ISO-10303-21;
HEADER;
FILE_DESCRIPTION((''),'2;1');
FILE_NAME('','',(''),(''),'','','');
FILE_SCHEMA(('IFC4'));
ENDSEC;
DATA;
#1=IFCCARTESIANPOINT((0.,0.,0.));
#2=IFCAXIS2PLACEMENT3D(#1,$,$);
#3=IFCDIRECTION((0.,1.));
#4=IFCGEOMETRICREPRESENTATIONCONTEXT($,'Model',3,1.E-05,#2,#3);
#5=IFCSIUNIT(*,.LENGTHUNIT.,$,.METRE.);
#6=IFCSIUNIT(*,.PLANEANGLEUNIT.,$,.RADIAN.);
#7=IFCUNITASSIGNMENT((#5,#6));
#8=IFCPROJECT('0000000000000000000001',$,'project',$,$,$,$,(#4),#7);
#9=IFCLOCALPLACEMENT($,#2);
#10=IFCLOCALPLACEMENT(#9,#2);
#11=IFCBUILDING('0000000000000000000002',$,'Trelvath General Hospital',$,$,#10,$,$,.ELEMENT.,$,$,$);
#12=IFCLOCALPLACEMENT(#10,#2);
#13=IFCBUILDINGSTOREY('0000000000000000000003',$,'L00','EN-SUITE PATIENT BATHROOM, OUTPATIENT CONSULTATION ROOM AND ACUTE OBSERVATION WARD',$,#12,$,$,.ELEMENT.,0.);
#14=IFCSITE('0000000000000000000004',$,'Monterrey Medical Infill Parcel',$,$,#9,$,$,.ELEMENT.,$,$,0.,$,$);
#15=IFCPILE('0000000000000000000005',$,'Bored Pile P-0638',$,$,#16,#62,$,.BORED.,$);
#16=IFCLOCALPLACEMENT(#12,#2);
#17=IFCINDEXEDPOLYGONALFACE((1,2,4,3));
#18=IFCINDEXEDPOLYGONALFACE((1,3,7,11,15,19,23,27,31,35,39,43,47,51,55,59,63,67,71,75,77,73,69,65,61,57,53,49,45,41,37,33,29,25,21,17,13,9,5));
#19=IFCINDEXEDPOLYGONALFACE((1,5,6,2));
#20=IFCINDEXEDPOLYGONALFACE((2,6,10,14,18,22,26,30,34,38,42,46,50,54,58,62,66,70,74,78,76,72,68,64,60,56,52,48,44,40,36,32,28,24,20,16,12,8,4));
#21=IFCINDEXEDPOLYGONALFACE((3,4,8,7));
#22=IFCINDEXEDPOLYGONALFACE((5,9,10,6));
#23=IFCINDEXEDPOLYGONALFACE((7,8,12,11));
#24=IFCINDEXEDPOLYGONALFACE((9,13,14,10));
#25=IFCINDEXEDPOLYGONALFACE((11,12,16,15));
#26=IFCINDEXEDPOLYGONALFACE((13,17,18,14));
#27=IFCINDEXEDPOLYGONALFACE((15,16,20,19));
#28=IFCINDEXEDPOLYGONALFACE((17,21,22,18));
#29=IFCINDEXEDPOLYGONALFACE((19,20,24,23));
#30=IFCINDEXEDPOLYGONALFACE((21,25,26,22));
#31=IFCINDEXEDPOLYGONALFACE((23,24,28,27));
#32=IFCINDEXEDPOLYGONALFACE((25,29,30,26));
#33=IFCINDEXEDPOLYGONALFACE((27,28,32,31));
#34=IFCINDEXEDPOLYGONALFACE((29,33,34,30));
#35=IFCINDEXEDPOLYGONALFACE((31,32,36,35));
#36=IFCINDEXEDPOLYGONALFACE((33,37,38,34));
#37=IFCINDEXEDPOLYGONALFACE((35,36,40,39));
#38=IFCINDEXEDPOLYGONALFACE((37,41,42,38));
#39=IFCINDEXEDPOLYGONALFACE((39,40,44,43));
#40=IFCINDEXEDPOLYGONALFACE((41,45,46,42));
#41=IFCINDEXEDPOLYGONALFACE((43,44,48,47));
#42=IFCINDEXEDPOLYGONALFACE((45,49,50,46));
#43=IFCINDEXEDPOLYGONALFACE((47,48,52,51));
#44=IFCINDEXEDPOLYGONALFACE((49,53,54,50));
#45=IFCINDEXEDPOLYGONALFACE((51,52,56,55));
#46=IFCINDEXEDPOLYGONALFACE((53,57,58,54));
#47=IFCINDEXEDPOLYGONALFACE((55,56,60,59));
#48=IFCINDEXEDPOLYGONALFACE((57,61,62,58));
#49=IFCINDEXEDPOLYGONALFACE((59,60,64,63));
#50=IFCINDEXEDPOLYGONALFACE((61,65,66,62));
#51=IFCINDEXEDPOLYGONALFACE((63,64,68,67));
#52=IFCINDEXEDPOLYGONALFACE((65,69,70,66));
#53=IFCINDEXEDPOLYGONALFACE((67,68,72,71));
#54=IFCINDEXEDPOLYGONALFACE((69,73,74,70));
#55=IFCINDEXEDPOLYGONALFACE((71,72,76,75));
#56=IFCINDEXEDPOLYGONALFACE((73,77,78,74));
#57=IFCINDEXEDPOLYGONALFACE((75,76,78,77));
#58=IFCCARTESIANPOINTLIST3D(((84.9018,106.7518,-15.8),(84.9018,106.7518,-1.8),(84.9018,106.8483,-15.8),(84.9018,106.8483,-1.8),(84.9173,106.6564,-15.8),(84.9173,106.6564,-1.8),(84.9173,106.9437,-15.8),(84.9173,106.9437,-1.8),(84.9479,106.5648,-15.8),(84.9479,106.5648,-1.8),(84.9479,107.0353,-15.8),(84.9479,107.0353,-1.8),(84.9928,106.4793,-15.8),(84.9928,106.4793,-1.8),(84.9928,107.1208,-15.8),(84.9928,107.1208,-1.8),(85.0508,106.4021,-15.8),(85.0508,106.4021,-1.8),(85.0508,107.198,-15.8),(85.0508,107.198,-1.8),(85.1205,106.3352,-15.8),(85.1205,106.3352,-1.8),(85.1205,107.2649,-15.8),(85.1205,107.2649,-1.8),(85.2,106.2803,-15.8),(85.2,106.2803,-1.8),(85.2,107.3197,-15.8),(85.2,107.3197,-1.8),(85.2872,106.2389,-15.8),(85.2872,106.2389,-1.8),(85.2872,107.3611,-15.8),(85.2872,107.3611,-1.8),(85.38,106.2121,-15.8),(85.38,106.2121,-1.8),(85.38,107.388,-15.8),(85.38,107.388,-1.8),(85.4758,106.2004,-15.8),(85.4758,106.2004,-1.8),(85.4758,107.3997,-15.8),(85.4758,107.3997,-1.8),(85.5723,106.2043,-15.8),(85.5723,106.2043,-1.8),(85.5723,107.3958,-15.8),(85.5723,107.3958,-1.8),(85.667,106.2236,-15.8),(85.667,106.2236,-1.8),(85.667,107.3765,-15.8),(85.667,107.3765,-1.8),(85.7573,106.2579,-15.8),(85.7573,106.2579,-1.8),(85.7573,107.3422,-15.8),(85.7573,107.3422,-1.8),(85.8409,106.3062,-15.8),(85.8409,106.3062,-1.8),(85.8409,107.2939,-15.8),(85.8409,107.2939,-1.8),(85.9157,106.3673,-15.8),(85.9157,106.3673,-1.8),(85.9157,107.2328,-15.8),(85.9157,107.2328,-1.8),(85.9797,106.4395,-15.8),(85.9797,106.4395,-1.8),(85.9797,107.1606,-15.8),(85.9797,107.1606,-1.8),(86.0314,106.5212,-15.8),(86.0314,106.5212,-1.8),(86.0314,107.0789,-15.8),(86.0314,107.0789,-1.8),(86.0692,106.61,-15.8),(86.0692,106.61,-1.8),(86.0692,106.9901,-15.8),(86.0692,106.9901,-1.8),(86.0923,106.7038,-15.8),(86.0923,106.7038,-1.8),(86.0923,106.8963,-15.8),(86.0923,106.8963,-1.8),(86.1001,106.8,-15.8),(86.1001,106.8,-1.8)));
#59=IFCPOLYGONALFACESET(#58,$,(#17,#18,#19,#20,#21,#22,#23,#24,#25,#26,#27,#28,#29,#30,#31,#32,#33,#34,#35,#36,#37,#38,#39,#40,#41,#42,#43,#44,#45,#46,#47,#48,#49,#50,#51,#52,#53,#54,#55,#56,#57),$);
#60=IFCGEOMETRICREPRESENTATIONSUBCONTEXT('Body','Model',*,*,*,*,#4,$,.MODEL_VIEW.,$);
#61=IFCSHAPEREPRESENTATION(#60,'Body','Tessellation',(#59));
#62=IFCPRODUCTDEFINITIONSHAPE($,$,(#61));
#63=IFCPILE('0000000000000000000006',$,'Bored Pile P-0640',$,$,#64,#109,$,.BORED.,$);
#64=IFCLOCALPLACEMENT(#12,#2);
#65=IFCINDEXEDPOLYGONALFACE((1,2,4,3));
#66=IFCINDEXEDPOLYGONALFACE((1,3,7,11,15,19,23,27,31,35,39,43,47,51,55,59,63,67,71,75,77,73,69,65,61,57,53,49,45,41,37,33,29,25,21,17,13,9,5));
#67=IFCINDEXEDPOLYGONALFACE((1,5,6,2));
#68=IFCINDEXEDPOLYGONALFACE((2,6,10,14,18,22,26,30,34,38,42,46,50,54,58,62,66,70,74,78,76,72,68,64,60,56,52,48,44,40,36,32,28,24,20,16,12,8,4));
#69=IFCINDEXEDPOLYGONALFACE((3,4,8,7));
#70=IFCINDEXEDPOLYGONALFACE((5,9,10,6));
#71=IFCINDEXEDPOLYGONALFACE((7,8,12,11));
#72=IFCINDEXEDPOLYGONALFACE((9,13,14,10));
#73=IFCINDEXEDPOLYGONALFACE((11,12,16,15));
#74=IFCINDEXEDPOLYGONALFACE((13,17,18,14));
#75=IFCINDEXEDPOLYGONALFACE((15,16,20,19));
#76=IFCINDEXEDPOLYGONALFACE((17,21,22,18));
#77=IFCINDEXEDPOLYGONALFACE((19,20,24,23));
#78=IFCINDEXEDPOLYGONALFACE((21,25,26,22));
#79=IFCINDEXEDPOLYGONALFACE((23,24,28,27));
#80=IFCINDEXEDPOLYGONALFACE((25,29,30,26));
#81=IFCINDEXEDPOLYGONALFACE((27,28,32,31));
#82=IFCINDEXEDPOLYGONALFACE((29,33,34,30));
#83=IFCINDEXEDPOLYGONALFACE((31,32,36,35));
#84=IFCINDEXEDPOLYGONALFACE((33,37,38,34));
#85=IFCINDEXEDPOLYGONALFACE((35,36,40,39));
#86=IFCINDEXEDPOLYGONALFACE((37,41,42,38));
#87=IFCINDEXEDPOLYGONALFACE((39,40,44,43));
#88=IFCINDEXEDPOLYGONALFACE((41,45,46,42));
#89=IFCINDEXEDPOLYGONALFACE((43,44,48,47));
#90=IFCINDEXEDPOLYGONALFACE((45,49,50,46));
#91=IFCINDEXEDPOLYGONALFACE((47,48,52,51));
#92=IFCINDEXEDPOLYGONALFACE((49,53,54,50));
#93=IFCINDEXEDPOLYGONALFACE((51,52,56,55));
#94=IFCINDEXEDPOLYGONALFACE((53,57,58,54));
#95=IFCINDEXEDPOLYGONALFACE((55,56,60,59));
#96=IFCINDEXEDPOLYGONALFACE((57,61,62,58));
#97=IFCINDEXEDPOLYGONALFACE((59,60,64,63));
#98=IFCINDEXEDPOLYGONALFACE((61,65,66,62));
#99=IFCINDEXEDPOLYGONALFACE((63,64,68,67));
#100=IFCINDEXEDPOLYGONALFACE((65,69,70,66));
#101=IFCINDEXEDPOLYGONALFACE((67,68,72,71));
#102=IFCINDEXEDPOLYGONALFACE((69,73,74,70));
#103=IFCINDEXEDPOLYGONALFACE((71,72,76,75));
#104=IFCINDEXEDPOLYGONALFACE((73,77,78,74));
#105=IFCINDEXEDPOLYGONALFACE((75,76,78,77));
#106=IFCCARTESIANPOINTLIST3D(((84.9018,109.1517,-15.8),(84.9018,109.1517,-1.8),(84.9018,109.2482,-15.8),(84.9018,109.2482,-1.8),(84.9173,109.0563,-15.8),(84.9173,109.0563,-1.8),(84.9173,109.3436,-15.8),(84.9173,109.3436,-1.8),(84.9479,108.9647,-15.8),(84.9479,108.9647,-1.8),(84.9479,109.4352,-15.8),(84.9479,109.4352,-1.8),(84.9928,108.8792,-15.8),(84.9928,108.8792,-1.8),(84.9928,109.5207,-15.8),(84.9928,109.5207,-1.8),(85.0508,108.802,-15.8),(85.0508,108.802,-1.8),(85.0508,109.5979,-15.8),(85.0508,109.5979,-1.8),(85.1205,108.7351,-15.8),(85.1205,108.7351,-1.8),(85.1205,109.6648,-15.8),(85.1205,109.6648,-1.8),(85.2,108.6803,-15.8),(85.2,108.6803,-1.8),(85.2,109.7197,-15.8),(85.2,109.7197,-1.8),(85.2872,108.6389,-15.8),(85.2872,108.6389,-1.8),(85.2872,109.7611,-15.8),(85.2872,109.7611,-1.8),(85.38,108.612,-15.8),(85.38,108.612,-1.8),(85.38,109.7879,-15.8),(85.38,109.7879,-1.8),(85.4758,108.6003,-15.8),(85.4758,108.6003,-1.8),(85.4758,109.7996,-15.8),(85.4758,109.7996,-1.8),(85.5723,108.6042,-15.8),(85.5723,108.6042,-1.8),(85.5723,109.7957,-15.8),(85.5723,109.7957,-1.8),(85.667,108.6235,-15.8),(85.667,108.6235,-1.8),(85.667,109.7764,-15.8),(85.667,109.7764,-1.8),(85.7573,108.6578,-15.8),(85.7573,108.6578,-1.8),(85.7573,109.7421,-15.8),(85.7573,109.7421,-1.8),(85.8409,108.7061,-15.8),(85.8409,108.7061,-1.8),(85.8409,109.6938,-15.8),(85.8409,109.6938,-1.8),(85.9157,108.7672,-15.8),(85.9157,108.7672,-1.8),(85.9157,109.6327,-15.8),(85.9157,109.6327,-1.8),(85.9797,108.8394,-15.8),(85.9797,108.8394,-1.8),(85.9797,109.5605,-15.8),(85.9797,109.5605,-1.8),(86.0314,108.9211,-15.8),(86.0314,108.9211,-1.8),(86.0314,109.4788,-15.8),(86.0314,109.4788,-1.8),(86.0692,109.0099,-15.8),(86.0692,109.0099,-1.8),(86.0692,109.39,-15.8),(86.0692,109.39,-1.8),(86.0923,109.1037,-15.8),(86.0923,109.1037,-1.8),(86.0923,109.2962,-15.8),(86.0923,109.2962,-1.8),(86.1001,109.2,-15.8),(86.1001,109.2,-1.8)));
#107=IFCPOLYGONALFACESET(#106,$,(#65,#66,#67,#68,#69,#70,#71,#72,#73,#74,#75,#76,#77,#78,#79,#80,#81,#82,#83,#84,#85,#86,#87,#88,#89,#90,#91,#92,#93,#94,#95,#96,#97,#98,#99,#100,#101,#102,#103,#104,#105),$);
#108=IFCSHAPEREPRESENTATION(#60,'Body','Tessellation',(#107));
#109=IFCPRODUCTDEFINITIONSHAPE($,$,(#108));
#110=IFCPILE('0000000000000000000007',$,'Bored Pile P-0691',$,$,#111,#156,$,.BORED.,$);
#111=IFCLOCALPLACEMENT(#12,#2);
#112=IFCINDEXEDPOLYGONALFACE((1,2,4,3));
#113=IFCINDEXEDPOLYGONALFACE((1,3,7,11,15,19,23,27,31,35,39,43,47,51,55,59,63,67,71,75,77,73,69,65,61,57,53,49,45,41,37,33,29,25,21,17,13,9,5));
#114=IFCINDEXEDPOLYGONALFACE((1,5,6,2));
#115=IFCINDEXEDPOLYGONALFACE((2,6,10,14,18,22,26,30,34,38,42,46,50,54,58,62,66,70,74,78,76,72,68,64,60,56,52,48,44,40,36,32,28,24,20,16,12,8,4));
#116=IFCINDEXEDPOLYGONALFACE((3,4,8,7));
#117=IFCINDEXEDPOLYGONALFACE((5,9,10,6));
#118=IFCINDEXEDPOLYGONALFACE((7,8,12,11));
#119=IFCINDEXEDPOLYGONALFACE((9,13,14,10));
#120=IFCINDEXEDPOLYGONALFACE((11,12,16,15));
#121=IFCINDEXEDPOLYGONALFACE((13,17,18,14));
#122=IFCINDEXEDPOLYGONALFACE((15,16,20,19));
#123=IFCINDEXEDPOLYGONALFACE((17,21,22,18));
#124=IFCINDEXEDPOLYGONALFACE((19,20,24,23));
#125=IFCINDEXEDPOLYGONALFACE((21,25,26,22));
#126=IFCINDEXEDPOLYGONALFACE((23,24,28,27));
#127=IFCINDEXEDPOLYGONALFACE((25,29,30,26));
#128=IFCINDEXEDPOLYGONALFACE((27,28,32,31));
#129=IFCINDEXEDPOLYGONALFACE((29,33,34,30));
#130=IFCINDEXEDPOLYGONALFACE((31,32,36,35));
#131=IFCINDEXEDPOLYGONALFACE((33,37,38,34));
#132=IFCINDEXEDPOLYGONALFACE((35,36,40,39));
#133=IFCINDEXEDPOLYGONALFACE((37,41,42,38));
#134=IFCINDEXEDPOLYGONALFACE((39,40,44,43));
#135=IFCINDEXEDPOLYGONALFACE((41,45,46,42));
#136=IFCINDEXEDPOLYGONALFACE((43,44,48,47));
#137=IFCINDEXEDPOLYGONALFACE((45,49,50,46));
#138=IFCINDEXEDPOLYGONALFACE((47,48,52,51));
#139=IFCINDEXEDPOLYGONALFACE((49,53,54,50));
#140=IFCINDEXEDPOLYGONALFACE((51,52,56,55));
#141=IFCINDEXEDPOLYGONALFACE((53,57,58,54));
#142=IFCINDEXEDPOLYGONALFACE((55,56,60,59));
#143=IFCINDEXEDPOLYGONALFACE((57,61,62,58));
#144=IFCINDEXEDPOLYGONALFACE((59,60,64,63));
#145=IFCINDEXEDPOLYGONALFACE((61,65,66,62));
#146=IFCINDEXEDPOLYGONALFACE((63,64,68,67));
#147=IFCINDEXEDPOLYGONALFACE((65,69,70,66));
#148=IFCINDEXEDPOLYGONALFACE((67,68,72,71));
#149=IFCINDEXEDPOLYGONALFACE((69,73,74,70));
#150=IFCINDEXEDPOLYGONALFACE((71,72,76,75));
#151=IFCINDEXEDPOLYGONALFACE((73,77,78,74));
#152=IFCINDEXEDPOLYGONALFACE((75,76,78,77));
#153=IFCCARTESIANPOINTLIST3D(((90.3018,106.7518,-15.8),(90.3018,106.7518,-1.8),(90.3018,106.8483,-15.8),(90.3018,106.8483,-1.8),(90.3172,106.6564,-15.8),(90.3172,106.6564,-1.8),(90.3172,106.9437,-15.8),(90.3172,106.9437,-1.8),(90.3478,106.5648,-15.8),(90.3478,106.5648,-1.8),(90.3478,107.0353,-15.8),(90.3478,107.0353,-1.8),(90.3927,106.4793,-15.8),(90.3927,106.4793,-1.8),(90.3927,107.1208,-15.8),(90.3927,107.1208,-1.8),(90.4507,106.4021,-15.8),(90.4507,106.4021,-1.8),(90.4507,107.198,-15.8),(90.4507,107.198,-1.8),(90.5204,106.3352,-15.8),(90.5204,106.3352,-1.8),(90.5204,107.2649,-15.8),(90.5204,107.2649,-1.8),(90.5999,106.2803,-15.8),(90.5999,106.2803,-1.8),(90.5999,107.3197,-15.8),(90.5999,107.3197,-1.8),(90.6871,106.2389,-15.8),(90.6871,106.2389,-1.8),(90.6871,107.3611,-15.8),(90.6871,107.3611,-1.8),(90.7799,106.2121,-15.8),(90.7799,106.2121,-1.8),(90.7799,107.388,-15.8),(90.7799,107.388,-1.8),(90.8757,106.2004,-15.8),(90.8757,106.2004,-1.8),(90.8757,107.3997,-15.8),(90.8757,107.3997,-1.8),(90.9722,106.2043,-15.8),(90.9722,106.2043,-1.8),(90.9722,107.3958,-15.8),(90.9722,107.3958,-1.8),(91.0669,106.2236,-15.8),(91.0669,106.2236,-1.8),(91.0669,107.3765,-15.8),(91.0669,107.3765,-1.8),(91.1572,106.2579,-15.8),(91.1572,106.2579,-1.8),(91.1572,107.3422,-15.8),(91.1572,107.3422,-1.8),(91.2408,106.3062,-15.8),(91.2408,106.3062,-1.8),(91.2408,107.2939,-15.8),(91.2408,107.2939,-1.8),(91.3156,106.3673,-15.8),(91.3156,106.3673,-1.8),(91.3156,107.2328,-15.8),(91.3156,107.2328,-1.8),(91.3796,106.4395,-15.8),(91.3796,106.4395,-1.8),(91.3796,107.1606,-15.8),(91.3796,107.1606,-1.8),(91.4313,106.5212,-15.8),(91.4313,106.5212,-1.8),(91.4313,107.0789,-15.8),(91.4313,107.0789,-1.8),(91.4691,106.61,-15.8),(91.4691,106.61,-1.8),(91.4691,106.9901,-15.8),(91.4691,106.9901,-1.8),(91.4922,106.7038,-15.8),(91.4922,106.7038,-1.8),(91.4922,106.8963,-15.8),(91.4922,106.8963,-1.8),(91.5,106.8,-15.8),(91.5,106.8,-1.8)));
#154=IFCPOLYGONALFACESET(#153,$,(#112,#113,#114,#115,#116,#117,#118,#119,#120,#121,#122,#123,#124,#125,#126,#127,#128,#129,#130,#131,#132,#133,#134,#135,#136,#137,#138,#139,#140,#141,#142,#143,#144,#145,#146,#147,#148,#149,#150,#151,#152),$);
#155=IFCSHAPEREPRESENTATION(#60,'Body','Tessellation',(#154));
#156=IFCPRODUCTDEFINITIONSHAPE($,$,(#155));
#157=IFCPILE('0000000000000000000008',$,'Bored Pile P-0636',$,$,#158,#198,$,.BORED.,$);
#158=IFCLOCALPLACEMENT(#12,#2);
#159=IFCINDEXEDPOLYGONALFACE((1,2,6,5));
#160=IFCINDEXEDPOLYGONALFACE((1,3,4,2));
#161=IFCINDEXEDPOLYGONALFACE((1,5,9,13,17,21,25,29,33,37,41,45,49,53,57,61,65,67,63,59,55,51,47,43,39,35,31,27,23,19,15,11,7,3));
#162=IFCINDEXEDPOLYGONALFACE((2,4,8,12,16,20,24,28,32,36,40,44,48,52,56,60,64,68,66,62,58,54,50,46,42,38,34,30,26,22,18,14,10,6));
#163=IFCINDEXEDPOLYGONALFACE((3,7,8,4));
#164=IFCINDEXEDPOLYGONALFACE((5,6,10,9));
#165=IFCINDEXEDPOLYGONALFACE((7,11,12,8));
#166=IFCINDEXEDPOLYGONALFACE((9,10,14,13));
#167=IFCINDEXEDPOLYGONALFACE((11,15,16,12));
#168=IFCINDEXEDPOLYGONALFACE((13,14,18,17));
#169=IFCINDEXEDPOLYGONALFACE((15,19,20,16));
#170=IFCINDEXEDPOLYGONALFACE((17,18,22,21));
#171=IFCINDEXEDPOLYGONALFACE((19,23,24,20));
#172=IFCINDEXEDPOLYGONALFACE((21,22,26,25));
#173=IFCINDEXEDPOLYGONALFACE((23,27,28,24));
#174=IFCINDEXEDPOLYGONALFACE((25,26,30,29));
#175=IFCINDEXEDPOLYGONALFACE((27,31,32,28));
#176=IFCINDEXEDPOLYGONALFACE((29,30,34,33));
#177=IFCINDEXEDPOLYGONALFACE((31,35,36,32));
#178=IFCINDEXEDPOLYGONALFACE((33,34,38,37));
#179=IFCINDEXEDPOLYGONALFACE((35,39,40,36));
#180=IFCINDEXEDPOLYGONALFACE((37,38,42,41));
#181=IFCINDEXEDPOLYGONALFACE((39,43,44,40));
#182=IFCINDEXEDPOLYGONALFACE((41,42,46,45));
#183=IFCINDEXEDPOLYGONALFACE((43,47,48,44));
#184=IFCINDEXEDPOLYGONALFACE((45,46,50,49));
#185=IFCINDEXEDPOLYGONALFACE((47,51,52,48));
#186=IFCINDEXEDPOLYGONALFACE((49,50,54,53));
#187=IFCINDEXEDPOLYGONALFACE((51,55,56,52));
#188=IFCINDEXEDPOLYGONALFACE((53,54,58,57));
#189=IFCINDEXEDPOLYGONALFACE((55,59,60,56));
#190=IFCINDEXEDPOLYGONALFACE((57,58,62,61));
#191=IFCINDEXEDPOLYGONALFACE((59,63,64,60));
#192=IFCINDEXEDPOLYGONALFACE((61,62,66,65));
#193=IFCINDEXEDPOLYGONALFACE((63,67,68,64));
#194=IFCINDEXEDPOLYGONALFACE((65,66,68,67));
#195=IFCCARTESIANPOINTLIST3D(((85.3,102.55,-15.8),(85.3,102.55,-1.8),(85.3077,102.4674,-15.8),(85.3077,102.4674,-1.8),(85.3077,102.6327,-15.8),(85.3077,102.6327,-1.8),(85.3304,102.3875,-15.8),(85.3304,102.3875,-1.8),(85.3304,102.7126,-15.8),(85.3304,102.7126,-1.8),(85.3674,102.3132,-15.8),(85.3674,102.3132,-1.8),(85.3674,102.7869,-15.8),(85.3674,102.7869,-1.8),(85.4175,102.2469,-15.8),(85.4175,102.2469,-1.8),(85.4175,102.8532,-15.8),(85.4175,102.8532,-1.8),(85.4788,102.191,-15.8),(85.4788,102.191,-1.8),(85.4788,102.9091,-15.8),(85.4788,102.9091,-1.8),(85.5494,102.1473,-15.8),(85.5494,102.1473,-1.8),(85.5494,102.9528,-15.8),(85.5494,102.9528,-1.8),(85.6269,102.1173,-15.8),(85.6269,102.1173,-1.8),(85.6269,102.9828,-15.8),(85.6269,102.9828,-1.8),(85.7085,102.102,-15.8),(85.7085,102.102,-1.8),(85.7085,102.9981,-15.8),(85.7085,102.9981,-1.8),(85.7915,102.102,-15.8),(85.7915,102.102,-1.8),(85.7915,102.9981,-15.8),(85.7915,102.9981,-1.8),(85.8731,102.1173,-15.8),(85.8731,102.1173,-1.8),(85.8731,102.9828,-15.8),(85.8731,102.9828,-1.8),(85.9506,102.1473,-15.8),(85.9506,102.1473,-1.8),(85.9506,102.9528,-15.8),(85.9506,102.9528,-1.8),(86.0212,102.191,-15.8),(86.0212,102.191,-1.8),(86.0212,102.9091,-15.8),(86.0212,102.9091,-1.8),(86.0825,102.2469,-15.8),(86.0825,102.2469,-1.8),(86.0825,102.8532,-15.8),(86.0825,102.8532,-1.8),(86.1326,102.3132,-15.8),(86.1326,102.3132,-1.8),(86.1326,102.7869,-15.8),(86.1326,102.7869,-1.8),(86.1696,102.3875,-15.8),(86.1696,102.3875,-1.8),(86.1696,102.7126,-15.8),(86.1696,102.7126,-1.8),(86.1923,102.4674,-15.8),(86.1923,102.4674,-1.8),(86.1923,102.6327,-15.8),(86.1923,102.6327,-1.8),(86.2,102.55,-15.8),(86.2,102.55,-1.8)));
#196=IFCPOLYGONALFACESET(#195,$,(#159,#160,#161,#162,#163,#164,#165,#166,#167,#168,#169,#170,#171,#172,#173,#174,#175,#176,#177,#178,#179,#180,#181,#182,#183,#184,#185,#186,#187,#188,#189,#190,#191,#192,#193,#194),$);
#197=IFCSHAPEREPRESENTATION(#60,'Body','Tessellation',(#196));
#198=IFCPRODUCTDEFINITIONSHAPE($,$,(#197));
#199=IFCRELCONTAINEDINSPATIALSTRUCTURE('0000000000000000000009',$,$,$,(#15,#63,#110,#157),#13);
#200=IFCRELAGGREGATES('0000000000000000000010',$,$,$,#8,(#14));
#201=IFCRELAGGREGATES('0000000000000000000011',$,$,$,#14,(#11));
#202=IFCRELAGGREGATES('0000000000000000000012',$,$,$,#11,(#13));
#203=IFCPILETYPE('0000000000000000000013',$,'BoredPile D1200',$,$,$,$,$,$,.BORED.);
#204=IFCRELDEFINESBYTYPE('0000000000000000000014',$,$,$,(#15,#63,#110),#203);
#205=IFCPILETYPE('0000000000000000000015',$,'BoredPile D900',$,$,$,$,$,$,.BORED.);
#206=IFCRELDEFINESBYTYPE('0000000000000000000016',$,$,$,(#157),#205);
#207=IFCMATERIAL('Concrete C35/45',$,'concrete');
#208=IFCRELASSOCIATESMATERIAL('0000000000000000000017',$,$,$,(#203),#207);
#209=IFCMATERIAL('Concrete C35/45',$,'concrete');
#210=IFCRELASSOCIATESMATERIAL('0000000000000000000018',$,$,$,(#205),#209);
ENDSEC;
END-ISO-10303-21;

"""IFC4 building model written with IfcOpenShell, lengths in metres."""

from ifc_helpers import new_model, si_unit, direction, frame, origin, origin_2d, place, context, subcontext, project, spatial, circle, extrude, material, material_profile, profile_set, type_object, element, save


model = new_model("IFC4")

# Units and contexts
model_context = context("Model", 3, precision=1e-05, world=origin(), true_north=direction((0.0, 1.0)))
body_context = subcontext(model_context, "Body", "Model", "MODEL_VIEW")
ifc_project = project(units=[si_unit("LENGTHUNIT", "METRE"), si_unit("PLANEANGLEUNIT", "RADIAN")], contexts=[model_context])

# Site, building, storey
site_placement = place(None, origin())
site = spatial("IfcSite", under=ifc_project, at=site_placement, Name="Monterrey Medical Infill Parcel", CompositionType="ELEMENT", RefElevation=0.0)
building_placement = place(site_placement, origin())
building = spatial("IfcBuilding", under=site, at=building_placement, Name="Trelvath General Hospital", CompositionType="ELEMENT")
storey_placement = place(building_placement, origin())
storey = spatial("IfcBuildingStorey", under=building, at=storey_placement, Name="L00", Description="EN-SUITE PATIENT BATHROOM, OUTPATIENT CONSULTATION ROOM AND ACUTE OBSERVATION WARD", CompositionType="ELEMENT", Elevation=0.0)

# Piles
ifc_material_1 = material(Name="Concrete C35/45", Category="concrete")
ifc_material_profile_1 = material_profile(ifc_material_1, circle(Radius=0.6001, at=origin_2d()), Name="PILE1200")
ifc_profile_set_1 = profile_set([ifc_material_profile_1], Name="Concrete C35/45")
pile_type_1 = type_object("IfcPileType", Name="BoredPile D1200", PredefinedType="BORED", material=ifc_profile_set_1)
for number, where, z_axis, x_axis, name in (
    (1, (85.5, 106.8, -1.8), (0.0, 0.0, -1.0), (1.0, 0.0, 0.0), "Bored Pile P-0638"),
    (2, (85.5, 109.2, -1.8), (0.0, 0.0, -1.0), (1.0, 0.0, 0.0), "Bored Pile P-0640"),
    (3, (90.8999, 106.8, -1.8), (0.0, 0.0, -1.0), (1.0, 0.0, 0.0), "Bored Pile P-0691"),
):
    element("IfcPile", number, at=place(storey_placement, frame(where, z_axis=z_axis, x_axis=x_axis)), inside=storey, type_object=pile_type_1, Name=name, PredefinedType="BORED", context=body_context, shape_type="SweptSolid", body=[
        extrude(circle(Radius=0.6001, at=origin_2d()), origin(), (0.0, 0.0, 1.0), 14.0),
    ])
ifc_material_2 = material(Name="Concrete C35/45", Category="concrete")
ifc_material_profile_2 = material_profile(ifc_material_2, circle(Radius=0.45, at=origin_2d()), Name="PILE900")
ifc_profile_set_2 = profile_set([ifc_material_profile_2], Name="Concrete C35/45")
pile_type_2 = type_object("IfcPileType", Name="BoredPile D900", PredefinedType="BORED", material=ifc_profile_set_2)
for number, where, z_axis, x_axis, name in (
    (4, (85.75, 102.55, -1.8), (0.0, 0.0, -1.0), (1.0, 0.0, 0.0), "Bored Pile P-0636"),
):
    element("IfcPile", number, at=place(storey_placement, frame(where, z_axis=z_axis, x_axis=x_axis)), inside=storey, type_object=pile_type_2, Name=name, PredefinedType="BORED", context=body_context, shape_type="SweptSolid", body=[
        extrude(circle(Radius=0.45, at=origin_2d()), origin(), (0.0, 0.0, 1.0), 14.0),
    ])

save(model, "model.ifc")
